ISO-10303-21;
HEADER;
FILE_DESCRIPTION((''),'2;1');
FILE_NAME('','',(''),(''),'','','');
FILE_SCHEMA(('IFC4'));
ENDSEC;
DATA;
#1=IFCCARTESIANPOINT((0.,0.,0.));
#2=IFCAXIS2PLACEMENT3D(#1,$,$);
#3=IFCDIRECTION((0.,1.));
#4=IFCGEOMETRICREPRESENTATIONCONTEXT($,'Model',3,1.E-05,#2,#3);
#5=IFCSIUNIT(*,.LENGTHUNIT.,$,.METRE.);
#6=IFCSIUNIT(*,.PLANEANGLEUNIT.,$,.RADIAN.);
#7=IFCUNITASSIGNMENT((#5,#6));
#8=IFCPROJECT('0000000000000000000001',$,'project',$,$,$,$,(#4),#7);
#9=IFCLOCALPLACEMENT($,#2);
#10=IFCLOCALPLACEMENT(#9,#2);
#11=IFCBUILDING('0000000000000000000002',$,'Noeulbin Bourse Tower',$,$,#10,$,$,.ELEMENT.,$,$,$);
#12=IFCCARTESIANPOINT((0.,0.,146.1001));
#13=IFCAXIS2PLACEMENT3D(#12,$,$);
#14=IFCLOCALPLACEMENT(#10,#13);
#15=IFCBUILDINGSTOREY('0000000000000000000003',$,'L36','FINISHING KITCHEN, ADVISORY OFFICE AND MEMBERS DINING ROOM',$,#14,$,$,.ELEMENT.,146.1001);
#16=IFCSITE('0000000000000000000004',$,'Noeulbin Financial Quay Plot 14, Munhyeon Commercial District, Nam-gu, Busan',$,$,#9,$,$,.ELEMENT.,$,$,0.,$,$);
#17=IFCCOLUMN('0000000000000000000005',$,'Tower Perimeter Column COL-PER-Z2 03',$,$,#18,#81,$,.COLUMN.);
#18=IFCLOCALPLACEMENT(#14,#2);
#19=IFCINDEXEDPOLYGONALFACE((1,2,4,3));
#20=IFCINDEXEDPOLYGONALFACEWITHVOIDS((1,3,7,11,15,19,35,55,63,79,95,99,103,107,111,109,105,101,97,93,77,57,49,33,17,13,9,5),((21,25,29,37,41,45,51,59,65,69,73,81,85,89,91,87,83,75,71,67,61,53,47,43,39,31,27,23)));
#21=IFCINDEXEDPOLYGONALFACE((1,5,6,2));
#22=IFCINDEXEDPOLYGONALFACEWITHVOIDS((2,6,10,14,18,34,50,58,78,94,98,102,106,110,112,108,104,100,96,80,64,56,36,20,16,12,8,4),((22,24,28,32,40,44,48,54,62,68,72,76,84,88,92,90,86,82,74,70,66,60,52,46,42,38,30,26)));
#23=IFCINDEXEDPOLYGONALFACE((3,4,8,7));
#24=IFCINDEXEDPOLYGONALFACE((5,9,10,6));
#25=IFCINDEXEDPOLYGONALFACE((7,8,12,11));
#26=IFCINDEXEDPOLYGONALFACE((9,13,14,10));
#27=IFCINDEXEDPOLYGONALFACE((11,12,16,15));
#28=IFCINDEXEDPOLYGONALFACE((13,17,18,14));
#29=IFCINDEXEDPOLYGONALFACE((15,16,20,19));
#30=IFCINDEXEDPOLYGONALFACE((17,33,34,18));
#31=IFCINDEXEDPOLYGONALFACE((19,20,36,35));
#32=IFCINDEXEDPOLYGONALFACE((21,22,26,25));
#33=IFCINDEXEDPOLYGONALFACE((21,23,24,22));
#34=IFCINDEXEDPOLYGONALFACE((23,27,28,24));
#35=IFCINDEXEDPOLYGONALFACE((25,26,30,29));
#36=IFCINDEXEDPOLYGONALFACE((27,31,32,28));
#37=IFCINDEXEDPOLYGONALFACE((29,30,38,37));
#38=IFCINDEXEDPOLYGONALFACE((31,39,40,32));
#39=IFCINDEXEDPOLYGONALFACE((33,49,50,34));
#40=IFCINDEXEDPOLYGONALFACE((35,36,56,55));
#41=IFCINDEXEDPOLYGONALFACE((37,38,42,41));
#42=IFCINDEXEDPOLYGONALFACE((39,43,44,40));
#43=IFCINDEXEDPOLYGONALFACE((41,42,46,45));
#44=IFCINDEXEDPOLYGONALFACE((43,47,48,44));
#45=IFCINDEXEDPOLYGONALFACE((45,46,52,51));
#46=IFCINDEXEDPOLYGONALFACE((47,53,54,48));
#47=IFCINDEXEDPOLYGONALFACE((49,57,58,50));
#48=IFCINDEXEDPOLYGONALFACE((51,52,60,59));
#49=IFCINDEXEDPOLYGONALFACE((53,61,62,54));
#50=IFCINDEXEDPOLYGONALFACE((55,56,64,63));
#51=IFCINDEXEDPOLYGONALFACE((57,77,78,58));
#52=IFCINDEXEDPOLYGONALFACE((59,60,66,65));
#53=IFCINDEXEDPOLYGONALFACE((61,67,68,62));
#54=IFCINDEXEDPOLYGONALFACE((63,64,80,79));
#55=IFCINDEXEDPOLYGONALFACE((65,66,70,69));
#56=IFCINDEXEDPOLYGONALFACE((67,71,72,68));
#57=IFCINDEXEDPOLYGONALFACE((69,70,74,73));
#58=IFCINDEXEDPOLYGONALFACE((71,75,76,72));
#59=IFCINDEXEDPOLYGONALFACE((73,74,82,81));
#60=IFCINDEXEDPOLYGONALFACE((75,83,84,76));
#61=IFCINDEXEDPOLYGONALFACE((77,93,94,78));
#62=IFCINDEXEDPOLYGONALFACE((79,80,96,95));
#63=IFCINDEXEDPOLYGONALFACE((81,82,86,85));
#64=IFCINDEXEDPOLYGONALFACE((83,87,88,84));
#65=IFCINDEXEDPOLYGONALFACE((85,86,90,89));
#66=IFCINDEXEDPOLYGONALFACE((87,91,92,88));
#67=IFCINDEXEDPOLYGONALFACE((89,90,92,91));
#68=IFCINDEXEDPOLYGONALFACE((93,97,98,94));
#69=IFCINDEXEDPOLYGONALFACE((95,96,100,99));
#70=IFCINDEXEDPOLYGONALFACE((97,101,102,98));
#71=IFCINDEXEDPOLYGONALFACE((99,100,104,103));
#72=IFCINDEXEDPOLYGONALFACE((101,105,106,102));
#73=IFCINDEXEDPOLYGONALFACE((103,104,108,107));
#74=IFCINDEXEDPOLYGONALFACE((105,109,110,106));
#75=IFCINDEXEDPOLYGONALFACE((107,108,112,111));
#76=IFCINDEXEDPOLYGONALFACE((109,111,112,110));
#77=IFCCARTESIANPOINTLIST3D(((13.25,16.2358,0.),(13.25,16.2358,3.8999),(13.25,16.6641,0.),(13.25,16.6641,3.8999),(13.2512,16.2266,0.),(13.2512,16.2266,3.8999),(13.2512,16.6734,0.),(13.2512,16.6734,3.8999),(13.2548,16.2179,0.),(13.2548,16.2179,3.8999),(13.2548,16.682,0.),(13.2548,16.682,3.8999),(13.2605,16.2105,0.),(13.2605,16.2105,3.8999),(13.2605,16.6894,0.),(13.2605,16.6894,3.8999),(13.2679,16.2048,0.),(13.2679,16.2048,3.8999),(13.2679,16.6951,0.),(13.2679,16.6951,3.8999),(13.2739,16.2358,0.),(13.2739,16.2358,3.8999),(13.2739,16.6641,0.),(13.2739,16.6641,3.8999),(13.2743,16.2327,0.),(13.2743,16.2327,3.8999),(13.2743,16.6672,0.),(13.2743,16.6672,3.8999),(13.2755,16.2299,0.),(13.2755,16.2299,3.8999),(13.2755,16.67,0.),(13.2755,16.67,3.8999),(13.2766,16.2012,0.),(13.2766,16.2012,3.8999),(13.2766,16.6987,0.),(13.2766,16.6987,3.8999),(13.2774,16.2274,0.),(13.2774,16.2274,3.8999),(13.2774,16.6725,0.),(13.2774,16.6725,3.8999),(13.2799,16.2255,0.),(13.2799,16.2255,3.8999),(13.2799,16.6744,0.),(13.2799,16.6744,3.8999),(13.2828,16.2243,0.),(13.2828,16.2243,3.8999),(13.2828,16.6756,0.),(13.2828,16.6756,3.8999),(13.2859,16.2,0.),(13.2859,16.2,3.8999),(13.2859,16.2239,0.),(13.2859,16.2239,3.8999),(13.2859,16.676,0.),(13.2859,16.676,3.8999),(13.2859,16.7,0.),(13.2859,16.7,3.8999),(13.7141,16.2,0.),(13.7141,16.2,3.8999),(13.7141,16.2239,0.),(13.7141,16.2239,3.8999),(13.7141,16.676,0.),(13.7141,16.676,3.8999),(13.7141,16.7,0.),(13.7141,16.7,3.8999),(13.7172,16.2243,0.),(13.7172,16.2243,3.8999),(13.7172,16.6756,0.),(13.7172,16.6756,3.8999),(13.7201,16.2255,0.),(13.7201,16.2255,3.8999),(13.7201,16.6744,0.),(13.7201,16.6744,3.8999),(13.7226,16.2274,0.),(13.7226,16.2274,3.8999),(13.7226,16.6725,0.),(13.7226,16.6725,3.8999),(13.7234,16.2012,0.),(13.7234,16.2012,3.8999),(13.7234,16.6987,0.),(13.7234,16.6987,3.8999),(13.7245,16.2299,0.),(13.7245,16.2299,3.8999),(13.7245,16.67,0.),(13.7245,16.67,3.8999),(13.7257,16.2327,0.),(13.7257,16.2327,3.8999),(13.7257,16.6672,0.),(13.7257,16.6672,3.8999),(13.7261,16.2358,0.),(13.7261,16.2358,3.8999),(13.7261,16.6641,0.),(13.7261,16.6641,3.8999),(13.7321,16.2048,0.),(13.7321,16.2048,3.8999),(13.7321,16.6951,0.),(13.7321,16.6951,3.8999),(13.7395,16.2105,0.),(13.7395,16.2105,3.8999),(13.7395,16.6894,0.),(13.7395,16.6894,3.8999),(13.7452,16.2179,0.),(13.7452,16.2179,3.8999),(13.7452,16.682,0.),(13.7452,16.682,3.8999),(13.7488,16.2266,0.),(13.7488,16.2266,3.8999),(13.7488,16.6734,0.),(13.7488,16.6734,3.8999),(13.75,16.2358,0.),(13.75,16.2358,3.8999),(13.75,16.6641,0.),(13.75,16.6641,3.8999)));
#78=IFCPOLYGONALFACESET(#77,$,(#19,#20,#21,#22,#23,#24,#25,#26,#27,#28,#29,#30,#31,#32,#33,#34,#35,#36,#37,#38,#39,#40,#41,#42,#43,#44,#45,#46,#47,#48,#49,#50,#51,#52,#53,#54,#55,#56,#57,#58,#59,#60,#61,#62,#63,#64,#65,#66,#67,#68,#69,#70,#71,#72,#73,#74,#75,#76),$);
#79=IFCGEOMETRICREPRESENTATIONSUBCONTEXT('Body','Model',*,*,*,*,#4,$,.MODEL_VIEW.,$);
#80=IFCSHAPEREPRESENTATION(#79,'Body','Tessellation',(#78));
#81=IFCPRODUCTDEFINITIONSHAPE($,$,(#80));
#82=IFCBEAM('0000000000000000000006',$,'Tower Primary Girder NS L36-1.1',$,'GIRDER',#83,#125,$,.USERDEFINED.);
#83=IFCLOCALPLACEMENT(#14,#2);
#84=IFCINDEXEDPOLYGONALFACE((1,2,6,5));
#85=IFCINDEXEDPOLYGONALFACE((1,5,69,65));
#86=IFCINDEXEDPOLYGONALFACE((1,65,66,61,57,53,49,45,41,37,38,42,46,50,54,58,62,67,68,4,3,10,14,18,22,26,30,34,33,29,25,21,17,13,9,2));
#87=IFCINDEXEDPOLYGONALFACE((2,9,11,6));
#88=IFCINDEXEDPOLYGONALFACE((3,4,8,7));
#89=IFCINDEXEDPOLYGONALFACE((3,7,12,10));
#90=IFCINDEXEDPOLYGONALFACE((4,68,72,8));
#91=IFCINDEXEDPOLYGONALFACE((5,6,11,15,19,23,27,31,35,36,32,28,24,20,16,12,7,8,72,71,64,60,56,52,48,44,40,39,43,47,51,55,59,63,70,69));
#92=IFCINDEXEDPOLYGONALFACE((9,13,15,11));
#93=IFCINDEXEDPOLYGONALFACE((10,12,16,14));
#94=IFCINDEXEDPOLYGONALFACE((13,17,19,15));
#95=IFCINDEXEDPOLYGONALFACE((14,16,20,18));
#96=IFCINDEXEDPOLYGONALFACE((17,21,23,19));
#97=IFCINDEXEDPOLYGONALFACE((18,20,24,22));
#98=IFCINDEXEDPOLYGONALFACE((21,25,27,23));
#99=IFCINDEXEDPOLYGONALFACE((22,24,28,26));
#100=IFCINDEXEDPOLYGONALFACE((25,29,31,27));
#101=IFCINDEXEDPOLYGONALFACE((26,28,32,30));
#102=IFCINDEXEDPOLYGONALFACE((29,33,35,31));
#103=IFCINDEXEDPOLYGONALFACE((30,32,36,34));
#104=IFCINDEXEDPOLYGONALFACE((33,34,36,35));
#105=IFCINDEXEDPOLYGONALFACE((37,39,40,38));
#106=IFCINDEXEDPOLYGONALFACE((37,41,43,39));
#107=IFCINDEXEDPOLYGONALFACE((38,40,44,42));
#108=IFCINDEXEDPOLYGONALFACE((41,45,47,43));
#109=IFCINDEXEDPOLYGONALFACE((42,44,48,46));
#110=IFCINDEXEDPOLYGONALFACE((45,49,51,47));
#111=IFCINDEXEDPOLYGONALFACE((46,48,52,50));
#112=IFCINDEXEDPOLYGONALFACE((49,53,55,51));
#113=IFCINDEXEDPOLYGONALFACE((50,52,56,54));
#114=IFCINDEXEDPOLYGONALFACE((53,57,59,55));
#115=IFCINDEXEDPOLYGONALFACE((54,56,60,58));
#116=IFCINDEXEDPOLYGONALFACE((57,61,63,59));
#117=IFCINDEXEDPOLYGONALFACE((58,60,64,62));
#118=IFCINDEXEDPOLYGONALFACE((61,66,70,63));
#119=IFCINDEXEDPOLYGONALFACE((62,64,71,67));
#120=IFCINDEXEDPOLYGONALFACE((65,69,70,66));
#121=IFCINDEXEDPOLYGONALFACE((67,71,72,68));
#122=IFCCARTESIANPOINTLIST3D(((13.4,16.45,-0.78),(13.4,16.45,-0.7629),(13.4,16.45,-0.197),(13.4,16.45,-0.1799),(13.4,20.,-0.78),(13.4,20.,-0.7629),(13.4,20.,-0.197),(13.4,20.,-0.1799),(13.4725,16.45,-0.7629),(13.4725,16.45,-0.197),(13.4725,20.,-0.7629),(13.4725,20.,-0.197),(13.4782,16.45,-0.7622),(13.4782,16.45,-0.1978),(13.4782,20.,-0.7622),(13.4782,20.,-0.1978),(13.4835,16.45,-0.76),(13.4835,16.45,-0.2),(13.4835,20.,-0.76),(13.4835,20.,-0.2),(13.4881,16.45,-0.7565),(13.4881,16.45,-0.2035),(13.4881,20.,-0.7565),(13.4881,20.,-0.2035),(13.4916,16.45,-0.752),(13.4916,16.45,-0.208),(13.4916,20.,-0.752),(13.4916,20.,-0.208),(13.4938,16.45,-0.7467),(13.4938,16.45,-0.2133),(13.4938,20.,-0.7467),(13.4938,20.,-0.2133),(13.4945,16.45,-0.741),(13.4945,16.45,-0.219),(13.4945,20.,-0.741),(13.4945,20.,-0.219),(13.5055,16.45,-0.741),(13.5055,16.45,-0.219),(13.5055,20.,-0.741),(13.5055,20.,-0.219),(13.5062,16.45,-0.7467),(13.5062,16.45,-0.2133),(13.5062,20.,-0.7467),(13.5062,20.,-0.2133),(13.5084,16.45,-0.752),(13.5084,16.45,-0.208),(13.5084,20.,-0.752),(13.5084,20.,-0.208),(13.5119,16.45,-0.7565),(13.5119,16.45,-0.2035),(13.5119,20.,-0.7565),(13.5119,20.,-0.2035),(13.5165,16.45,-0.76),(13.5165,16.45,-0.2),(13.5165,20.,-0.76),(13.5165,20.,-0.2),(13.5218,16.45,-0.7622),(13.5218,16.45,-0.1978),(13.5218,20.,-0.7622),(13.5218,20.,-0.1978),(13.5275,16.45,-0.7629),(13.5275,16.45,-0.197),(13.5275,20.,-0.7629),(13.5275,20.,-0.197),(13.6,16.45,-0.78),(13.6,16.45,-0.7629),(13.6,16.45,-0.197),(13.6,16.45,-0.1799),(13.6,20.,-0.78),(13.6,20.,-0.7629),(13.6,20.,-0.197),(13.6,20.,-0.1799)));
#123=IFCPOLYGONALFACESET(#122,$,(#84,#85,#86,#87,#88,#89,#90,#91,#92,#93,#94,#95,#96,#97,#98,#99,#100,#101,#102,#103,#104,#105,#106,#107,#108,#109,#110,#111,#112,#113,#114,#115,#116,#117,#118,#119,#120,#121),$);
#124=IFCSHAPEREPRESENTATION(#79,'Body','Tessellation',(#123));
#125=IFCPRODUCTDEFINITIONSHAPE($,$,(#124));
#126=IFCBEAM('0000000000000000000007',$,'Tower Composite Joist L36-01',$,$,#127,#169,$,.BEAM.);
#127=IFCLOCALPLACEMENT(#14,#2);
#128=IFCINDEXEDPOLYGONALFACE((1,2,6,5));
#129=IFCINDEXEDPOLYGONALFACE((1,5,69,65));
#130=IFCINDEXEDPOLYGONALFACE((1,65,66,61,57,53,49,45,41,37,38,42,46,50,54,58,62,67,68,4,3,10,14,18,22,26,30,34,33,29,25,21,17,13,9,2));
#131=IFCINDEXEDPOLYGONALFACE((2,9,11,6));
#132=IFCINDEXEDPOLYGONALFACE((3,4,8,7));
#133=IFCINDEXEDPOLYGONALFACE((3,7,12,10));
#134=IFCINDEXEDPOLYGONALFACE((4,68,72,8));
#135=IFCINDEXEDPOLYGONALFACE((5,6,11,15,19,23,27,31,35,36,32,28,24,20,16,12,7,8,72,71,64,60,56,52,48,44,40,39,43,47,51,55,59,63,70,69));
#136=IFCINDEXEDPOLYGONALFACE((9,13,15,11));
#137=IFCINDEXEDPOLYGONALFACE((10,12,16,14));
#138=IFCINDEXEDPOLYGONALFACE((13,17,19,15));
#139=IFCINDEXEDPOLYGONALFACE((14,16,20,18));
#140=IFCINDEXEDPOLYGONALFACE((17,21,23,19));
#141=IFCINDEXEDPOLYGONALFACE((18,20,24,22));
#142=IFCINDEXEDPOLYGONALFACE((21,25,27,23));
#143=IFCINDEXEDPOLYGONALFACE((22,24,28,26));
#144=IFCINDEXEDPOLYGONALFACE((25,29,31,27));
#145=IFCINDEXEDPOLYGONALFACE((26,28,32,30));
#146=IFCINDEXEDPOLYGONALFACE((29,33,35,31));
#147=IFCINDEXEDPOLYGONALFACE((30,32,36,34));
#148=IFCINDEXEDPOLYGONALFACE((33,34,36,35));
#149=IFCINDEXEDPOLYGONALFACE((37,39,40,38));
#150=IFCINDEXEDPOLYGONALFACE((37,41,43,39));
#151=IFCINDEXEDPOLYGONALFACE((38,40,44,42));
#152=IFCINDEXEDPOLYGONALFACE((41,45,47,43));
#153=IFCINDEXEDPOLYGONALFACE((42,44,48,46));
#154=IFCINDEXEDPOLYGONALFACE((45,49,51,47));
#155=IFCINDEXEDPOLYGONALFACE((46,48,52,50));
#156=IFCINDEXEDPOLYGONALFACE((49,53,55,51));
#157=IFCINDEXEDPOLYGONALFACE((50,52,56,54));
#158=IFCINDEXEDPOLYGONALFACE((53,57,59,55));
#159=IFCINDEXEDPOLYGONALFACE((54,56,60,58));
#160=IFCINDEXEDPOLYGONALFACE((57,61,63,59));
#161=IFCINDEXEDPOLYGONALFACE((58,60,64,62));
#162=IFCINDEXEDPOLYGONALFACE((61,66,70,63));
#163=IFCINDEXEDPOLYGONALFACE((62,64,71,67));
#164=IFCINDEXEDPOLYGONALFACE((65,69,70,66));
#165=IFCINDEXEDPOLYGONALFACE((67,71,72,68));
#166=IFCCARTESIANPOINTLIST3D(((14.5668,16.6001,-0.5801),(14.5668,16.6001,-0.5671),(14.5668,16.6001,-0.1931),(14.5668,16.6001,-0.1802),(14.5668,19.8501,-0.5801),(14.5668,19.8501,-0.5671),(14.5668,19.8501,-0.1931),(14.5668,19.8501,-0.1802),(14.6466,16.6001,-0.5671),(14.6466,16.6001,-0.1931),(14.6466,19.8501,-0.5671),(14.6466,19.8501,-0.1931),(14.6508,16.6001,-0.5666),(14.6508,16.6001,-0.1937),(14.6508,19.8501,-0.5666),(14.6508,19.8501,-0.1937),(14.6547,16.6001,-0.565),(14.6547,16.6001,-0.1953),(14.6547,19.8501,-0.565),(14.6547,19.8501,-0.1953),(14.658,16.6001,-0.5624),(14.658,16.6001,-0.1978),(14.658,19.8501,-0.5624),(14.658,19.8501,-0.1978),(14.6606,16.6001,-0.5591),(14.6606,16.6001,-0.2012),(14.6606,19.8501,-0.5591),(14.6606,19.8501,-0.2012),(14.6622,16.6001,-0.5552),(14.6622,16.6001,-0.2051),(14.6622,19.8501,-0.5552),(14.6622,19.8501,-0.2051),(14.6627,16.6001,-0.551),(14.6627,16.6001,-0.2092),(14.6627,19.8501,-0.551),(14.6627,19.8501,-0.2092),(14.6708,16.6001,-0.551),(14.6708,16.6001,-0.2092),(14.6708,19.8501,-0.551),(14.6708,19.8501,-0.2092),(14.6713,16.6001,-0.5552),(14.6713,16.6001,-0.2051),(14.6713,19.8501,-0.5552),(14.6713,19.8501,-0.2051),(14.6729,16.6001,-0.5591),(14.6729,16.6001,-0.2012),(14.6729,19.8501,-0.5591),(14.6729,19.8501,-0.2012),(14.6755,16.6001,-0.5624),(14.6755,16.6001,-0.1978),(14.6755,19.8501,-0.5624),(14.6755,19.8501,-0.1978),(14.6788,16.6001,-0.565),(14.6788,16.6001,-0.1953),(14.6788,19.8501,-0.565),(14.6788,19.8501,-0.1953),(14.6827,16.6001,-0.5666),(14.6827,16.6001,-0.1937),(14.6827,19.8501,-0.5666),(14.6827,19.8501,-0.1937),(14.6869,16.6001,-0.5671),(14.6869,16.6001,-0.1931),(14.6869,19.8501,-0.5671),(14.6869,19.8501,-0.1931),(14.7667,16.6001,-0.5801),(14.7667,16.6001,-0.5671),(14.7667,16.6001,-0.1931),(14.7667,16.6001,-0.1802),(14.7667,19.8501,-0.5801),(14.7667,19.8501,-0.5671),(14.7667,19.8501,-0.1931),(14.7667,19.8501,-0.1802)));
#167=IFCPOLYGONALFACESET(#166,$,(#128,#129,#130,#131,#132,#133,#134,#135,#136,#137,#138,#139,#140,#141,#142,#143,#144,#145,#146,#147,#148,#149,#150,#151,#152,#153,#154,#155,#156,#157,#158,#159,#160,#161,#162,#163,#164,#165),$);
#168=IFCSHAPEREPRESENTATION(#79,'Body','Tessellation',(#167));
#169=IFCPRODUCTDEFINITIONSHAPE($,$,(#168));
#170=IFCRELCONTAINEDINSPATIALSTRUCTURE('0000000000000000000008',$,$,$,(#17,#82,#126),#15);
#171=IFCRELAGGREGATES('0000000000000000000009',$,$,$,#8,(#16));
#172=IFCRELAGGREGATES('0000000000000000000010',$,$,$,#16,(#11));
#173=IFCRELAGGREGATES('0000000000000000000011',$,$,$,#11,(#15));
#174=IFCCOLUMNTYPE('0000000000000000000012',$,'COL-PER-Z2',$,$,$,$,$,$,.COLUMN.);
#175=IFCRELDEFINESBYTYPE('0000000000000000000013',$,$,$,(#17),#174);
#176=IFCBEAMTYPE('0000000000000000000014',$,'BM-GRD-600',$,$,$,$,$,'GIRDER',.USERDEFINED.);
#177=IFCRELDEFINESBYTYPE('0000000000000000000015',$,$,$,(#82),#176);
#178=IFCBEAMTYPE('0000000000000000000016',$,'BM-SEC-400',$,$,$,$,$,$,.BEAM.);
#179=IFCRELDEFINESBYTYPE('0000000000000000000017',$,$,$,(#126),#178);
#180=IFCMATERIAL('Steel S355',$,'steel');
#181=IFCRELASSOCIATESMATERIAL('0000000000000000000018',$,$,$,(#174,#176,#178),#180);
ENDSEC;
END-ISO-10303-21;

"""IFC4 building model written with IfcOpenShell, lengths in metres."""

from ifc_helpers import new_model, si_unit, direction, frame, origin, origin_2d, place, context, subcontext, project, spatial, hollow_rectangle, i_section, extrude, material, material_profile, profile_set, type_object, element, save


model = new_model("IFC4")

# Units and contexts
model_context = context("Model", 3, precision=1e-05, world=origin(), true_north=direction((0.0, 1.0)))
body_context = subcontext(model_context, "Body", "Model", "MODEL_VIEW")
ifc_project = project(units=[si_unit("LENGTHUNIT", "METRE"), si_unit("PLANEANGLEUNIT", "RADIAN")], contexts=[model_context])

# Site, building, storey
site_placement = place(None, origin())
site = spatial("IfcSite", under=ifc_project, at=site_placement, Name="Noeulbin Financial Quay Plot 14, Munhyeon Commercial District, Nam-gu, Busan", CompositionType="ELEMENT", RefElevation=0.0)
building_placement = place(site_placement, origin())
building = spatial("IfcBuilding", under=site, at=building_placement, Name="Noeulbin Bourse Tower", CompositionType="ELEMENT")
storey_placement = place(building_placement, frame((0.0, 0.0, 146.1001)))
storey = spatial("IfcBuildingStorey", under=building, at=storey_placement, Name="L36", Description="FINISHING KITCHEN, ADVISORY OFFICE AND MEMBERS DINING ROOM", CompositionType="ELEMENT", Elevation=146.1001)

# Column
ifc_material_1 = material(Name="Steel S355", Category="steel")
ifc_material_profile_1 = material_profile(ifc_material_1, hollow_rectangle(XDim=0.5, YDim=0.5, WallThickness=0.0239, InnerFilletRadius=0.012, OuterFilletRadius=0.0359, at=origin_2d()), Name="BOX-500x500x24", Category="LoadBearing")
ifc_profile_set_1 = profile_set([ifc_material_profile_1], Name="Steel S355")
column_type = type_object("IfcColumnType", Name="COL-PER-Z2", PredefinedType="COLUMN", material=ifc_profile_set_1)
column_placement = place(storey_placement, frame((13.5, 16.45, 0.0), z_axis=(0.0, 0.0, 1.0), x_axis=(1.0, 0.0, 0.0)))
element("IfcColumn", 1, at=column_placement, inside=storey, type_object=column_type, Name="Tower Perimeter Column COL-PER-Z2 03", PredefinedType="COLUMN", context=body_context, shape_type="SweptSolid", body=[
    extrude(hollow_rectangle(XDim=0.5, YDim=0.5, WallThickness=0.0239, InnerFilletRadius=0.012, OuterFilletRadius=0.0359, at=origin_2d()), origin(), (0.0, 0.0, 1.0), 3.8999),
])

# Beams
ifc_material_profile_2 = material_profile(ifc_material_1, i_section(OverallWidth=0.2, OverallDepth=0.6001, WebThickness=0.011, FlangeThickness=0.0171, FilletRadius=0.022, at=origin_2d()), Name="H-600x200x11x17", Category="LoadBearing")
ifc_profile_set_2 = profile_set([ifc_material_profile_2], Name="Steel S355")
beam_type_1 = type_object("IfcBeamType", Name="BM-GRD-600", ElementType="GIRDER", PredefinedType="USERDEFINED", material=ifc_profile_set_2)
beam_1_placement = place(storey_placement, frame((13.5, 16.45, -0.48), z_axis=(0.0, 1.0, 0.0), x_axis=(-1.0, 0.0, 0.0)))
element("IfcBeam", 2, at=beam_1_placement, inside=storey, type_object=beam_type_1, Name="Tower Primary Girder NS L36-1.1", ObjectType="GIRDER", PredefinedType="USERDEFINED", context=body_context, shape_type="SweptSolid", body=[
    extrude(i_section(OverallWidth=0.2, OverallDepth=0.6001, WebThickness=0.011, FlangeThickness=0.0171, FilletRadius=0.022, at=origin_2d()), origin(), (0.0, 0.0, 1.0), 3.55),
])
ifc_material_profile_3 = material_profile(ifc_material_1, i_section(OverallWidth=0.2, OverallDepth=0.3999, WebThickness=0.0081, FlangeThickness=0.0129, FilletRadius=0.0161, at=origin_2d()), Name="H-400x200x8x13", Category="LoadBearing")
ifc_profile_set_3 = profile_set([ifc_material_profile_3], Name="Steel S355")
beam_type_2 = type_object("IfcBeamType", Name="BM-SEC-400", PredefinedType="BEAM", material=ifc_profile_set_3)
for number, where, z_axis, x_axis, name in (
    (3, (14.6667, 16.6001, -0.3801), (0.0, 1.0, 0.0), (-1.0, 0.0, 0.0), "Tower Composite Joist L36-01"),
):
    element("IfcBeam", number, at=place(storey_placement, frame(where, z_axis=z_axis, x_axis=x_axis)), inside=storey, type_object=beam_type_2, Name=name, PredefinedType="BEAM", context=body_context, shape_type="SweptSolid", body=[
        extrude(i_section(OverallWidth=0.2, OverallDepth=0.3999, WebThickness=0.0081, FlangeThickness=0.0129, FilletRadius=0.0161, at=origin_2d()), origin(), (0.0, 0.0, 1.0), 3.25),
    ])

save(model, "model.ifc")
